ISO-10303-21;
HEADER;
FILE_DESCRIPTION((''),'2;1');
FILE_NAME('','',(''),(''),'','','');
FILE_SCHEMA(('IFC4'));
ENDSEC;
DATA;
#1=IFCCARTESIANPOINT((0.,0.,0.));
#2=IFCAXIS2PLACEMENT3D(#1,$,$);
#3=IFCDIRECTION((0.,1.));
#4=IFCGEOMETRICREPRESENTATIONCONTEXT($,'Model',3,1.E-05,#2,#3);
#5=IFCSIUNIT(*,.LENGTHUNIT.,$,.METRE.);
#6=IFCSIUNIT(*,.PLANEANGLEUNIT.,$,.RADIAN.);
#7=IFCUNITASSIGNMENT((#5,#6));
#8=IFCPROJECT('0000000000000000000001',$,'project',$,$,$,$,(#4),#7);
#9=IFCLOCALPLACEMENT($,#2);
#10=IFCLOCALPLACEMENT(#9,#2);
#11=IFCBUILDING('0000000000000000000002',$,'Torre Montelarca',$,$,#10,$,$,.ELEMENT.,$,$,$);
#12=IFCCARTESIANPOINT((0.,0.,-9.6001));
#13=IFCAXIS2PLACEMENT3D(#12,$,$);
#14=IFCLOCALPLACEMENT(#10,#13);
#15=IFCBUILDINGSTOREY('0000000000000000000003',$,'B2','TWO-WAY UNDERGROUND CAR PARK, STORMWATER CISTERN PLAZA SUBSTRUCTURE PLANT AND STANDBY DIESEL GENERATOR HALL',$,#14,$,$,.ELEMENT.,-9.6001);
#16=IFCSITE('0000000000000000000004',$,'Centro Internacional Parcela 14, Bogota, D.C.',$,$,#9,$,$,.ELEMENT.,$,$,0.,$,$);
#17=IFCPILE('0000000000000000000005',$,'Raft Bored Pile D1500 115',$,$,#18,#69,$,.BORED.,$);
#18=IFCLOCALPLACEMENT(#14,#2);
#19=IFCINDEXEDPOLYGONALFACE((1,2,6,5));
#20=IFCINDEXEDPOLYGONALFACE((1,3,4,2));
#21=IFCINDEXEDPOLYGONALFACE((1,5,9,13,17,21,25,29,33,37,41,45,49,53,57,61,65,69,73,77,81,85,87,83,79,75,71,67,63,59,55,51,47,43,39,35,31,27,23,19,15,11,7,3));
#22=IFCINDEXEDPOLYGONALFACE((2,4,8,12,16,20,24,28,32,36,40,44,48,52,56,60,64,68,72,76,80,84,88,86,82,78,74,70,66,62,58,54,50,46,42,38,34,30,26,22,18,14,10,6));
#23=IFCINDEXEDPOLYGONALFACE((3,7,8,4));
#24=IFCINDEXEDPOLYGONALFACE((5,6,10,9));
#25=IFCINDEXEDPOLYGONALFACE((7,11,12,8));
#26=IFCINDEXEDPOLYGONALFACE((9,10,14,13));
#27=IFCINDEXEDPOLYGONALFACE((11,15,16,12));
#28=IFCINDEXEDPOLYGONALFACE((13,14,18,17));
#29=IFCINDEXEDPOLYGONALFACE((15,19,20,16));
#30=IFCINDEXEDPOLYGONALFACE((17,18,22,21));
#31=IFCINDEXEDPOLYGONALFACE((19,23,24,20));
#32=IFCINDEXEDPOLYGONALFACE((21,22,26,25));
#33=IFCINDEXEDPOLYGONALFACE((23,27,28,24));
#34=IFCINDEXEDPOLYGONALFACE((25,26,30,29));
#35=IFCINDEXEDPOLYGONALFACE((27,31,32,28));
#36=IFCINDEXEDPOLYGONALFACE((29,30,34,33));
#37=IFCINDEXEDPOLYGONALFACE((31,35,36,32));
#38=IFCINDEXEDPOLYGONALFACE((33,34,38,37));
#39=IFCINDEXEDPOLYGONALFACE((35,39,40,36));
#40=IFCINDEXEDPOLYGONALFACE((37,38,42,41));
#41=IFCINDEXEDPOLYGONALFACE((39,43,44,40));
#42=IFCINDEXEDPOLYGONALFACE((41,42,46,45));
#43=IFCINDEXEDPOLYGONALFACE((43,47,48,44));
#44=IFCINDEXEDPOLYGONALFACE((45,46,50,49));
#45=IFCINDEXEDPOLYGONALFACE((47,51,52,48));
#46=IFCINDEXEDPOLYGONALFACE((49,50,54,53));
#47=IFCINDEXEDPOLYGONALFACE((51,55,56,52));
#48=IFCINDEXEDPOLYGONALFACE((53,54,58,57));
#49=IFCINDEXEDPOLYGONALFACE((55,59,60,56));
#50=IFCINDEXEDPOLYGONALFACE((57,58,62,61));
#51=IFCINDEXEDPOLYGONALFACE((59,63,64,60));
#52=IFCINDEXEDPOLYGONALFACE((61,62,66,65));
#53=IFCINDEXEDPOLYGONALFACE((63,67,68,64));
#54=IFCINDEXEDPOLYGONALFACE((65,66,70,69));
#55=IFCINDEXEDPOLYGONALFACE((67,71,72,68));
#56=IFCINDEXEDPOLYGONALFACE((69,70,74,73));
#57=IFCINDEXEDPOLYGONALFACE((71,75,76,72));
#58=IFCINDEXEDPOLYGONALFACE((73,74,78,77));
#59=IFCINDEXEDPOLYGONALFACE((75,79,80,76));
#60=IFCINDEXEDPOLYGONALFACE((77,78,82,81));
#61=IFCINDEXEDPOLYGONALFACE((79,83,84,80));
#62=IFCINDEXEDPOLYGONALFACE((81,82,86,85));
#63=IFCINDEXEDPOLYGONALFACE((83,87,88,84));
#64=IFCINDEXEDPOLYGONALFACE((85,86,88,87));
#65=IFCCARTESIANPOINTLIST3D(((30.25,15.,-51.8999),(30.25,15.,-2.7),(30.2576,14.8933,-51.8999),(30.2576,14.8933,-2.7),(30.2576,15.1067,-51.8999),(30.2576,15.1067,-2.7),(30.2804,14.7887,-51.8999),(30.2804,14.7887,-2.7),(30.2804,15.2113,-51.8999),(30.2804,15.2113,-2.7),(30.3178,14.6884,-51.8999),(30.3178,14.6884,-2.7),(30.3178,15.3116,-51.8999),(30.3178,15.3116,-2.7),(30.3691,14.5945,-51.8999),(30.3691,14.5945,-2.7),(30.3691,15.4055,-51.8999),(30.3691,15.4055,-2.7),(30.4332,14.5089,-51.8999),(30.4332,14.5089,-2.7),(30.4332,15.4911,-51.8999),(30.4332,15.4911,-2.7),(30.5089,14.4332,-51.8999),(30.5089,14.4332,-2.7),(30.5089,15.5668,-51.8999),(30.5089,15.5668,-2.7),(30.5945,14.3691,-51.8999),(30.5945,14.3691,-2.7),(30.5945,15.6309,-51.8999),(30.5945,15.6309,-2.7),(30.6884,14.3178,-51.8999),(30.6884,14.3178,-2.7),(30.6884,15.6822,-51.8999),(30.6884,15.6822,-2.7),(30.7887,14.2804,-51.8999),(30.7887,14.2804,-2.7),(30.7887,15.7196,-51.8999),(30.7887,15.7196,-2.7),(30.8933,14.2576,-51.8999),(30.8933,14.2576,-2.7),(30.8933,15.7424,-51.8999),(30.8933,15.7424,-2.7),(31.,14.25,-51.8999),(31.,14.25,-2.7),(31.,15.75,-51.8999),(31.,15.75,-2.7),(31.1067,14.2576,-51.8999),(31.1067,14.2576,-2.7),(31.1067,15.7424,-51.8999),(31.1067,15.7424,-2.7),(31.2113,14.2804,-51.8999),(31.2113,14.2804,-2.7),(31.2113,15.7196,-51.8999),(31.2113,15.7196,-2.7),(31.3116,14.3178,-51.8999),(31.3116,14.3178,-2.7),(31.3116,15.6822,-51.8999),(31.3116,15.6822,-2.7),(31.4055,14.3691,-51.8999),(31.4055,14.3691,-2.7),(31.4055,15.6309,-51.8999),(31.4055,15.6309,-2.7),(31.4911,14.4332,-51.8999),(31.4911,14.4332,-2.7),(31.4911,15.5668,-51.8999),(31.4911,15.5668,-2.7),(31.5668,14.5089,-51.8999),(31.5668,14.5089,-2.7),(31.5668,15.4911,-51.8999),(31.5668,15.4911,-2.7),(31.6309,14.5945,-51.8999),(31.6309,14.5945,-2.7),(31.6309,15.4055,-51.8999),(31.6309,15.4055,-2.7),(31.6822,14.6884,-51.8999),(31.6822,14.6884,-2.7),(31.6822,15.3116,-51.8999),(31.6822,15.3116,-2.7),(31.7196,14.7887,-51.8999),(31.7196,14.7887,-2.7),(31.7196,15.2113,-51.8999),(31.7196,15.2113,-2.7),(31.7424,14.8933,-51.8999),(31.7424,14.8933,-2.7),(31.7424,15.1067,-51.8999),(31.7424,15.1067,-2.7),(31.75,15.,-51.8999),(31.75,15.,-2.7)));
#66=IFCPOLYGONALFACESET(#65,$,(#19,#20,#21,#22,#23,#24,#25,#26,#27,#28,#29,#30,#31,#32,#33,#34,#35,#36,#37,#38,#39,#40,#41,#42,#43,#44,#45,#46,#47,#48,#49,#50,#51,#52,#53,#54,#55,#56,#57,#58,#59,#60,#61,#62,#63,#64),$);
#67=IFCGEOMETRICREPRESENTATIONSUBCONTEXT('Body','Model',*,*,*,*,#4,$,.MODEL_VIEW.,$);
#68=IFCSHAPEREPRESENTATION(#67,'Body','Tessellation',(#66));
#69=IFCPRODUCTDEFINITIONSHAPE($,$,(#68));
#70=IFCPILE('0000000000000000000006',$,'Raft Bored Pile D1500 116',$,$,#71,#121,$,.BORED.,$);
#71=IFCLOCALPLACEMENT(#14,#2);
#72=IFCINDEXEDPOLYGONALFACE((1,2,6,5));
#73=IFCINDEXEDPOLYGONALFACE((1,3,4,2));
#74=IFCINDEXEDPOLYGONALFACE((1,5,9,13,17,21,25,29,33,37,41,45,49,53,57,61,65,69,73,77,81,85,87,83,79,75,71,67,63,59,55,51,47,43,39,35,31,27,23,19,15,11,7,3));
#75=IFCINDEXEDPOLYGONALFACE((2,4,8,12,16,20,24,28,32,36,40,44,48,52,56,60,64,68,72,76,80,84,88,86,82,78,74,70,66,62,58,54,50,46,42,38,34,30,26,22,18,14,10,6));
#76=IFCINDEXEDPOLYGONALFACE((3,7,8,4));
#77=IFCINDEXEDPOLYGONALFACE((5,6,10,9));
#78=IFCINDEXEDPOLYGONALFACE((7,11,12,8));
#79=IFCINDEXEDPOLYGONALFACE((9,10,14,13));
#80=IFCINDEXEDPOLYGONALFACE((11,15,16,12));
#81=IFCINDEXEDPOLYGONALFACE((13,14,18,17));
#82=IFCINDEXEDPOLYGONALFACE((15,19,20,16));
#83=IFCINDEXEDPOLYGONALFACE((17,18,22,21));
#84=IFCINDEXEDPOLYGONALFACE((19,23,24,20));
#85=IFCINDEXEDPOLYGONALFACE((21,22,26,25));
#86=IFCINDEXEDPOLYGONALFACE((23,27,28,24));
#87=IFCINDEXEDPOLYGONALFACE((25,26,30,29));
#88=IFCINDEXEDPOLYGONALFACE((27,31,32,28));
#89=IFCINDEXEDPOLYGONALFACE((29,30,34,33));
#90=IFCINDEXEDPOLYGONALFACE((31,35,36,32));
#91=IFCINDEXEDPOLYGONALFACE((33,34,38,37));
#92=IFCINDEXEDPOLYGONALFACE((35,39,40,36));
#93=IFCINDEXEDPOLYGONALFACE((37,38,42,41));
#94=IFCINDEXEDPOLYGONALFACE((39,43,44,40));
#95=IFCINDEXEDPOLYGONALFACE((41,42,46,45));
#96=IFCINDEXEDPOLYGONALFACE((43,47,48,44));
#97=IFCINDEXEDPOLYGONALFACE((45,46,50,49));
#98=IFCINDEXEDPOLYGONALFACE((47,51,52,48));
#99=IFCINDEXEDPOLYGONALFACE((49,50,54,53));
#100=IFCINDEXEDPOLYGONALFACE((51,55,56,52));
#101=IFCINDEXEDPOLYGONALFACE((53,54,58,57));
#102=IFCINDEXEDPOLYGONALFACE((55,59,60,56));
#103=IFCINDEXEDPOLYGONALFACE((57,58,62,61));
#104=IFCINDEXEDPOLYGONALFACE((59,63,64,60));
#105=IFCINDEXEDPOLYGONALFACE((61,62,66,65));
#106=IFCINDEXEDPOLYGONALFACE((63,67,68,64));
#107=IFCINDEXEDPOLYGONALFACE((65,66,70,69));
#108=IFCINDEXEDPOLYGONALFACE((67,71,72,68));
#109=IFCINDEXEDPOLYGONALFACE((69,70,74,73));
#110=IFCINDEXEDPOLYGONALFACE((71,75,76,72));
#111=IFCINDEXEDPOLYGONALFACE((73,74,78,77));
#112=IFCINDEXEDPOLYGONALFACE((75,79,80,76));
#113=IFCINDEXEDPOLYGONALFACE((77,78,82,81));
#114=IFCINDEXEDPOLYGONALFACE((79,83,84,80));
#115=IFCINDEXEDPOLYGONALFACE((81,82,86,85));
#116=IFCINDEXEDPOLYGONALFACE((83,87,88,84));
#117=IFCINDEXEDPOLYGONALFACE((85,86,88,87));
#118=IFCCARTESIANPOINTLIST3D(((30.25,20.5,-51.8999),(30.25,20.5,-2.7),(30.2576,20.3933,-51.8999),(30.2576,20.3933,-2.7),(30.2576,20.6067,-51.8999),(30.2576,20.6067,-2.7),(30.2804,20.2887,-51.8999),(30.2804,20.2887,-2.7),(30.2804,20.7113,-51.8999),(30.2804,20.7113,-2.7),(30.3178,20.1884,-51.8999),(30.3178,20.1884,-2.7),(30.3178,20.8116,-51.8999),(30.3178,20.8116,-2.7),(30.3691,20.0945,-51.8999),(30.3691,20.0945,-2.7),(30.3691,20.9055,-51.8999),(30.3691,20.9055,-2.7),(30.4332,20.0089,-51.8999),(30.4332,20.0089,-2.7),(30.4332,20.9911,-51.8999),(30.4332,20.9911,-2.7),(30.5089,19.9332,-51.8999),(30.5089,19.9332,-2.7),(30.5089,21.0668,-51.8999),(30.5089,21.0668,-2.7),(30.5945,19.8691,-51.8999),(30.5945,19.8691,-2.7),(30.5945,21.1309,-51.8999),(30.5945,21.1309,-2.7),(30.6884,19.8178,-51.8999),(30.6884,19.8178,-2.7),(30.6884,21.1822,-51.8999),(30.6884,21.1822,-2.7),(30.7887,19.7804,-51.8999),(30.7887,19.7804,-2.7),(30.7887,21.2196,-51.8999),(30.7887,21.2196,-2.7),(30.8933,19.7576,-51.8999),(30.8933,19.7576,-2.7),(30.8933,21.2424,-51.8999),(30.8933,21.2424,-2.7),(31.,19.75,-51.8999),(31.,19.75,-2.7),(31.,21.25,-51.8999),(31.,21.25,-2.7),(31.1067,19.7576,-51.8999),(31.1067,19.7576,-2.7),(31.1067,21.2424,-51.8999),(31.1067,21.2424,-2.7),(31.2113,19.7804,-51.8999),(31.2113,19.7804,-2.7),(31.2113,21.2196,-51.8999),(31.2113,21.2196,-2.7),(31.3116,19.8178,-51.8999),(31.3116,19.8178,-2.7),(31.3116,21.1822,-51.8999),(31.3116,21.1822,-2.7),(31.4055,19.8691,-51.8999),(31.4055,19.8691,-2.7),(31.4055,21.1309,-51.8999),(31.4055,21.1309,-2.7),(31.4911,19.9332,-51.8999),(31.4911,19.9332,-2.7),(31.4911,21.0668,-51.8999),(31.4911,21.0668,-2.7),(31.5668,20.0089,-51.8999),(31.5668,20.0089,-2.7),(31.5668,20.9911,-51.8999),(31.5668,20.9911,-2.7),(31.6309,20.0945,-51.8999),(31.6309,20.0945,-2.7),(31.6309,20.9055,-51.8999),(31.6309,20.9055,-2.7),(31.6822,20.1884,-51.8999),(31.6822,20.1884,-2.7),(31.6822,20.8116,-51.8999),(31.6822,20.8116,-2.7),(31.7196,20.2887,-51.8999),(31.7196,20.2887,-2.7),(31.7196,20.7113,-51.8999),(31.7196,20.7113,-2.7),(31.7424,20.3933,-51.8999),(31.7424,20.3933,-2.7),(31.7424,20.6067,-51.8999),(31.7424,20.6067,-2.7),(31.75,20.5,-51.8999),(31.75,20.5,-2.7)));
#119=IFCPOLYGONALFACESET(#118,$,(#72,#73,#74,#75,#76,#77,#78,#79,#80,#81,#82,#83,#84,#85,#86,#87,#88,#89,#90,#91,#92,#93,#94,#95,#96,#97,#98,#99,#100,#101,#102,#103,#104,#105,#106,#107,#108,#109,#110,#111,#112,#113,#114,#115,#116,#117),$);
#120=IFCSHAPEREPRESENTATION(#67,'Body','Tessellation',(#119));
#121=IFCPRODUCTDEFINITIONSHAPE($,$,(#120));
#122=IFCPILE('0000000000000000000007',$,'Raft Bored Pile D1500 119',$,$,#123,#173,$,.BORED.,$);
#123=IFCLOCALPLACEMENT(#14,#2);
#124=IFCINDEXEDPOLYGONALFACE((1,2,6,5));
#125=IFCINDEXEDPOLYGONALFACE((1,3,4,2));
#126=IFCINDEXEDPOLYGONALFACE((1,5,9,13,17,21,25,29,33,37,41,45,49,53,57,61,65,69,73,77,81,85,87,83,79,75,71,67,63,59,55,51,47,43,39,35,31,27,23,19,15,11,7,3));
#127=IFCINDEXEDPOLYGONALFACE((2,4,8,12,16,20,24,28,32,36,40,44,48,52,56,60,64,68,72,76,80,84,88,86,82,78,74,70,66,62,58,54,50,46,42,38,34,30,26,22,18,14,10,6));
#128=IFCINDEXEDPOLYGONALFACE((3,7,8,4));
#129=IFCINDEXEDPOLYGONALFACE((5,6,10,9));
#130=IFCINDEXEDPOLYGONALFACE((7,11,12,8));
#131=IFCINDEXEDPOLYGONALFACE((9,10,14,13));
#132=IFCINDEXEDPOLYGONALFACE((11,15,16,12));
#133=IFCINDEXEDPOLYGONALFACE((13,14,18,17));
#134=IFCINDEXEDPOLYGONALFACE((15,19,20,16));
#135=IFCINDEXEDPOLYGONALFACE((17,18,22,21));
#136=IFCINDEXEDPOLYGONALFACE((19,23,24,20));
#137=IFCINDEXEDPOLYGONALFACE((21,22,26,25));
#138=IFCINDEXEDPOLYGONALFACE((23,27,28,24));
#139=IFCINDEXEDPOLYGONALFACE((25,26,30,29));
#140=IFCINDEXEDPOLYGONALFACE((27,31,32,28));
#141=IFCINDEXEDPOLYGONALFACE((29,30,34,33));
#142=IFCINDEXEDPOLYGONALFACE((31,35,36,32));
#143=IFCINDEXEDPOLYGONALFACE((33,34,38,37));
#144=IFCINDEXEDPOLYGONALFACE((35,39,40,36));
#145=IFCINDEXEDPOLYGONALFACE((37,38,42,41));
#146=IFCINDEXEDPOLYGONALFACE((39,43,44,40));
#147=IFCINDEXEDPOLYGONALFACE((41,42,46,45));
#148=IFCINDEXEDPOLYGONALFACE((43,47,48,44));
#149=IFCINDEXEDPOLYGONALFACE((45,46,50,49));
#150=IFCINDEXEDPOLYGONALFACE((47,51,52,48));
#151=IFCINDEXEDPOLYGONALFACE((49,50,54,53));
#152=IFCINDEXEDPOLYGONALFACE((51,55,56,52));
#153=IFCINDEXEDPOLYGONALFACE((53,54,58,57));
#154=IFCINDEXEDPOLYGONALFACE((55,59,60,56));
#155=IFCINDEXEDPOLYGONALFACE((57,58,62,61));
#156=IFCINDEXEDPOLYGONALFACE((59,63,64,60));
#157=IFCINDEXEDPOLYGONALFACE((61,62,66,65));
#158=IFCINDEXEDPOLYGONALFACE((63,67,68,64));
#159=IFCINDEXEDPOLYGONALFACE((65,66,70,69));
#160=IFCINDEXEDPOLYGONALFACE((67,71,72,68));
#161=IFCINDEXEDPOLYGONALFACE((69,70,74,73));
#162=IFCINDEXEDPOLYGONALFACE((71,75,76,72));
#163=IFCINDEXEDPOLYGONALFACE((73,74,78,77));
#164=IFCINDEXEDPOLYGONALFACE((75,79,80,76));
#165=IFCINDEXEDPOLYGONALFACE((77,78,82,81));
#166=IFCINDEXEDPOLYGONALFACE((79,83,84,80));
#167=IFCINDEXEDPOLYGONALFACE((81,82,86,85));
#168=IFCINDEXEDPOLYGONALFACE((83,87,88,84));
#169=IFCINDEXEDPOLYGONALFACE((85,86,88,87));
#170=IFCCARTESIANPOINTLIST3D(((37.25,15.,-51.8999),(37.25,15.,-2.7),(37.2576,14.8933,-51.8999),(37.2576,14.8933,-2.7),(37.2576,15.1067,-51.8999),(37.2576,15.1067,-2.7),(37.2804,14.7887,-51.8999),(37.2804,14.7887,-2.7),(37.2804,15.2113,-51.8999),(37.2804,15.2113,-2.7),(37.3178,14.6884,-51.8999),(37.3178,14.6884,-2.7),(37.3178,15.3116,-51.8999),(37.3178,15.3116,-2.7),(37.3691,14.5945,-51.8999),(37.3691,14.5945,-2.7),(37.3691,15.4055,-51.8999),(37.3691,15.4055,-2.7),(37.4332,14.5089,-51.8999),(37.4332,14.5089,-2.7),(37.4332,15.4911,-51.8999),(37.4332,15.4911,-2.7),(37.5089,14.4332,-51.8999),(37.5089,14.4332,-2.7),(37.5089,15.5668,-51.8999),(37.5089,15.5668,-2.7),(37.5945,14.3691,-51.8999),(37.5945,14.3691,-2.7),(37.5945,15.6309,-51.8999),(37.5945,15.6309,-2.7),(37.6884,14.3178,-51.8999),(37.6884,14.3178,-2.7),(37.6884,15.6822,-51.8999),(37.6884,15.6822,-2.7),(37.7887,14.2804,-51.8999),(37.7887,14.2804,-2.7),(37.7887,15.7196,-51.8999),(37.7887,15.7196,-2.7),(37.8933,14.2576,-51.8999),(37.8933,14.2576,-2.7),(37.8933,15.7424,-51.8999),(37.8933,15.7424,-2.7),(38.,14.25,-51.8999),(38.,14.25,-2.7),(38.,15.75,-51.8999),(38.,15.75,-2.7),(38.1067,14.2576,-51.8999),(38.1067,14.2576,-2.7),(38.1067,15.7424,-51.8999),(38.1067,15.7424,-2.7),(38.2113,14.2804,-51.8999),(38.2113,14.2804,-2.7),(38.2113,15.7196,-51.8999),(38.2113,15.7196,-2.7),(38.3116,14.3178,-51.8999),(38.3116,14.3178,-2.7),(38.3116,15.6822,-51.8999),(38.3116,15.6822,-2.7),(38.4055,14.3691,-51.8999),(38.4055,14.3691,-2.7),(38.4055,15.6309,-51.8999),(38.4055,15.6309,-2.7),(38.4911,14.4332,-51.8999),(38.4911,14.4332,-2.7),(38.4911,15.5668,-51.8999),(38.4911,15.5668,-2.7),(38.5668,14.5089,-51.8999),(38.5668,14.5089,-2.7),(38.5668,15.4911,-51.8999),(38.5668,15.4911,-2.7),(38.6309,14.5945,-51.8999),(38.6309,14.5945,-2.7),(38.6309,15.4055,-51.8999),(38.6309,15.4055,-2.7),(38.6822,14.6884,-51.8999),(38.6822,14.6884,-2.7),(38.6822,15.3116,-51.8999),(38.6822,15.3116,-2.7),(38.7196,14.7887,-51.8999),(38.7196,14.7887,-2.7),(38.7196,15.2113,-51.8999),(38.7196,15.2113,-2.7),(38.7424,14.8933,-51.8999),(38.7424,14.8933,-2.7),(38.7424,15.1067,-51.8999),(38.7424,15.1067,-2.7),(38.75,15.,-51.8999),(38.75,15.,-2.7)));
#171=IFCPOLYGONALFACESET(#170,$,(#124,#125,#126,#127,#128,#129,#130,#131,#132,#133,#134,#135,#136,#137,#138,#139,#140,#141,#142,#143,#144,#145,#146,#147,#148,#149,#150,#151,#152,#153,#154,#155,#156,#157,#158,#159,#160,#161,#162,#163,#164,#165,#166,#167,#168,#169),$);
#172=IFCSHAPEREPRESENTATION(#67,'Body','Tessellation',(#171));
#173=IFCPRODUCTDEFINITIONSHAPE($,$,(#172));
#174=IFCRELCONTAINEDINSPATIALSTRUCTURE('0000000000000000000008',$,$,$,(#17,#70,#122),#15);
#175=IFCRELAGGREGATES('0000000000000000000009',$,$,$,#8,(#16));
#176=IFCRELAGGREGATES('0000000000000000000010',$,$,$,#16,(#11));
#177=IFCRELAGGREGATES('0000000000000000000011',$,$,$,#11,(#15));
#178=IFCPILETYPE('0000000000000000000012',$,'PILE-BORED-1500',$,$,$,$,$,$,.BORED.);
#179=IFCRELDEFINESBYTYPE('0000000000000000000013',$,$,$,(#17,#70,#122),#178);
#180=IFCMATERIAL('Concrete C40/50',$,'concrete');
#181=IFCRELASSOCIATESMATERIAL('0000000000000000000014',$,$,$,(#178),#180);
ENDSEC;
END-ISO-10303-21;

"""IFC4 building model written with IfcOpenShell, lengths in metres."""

from ifc_helpers import new_model, si_unit, direction, frame, origin, origin_2d, place, context, subcontext, project, spatial, circle, extrude, source, transform, mapped, material, material_profile, profile_set, type_object, element, save


model = new_model("IFC4")

# Units and contexts
model_context = context("Model", 3, precision=1e-05, world=origin(), true_north=direction((0.0, 1.0)))
body_context = subcontext(model_context, "Body", "Model", "MODEL_VIEW")
ifc_project = project(units=[si_unit("LENGTHUNIT", "METRE"), si_unit("PLANEANGLEUNIT", "RADIAN")], contexts=[model_context])

# Site, building, storey
site_placement = place(None, origin())
site = spatial("IfcSite", under=ifc_project, at=site_placement, Name="Centro Internacional Parcela 14, Bogota, D.C.", CompositionType="ELEMENT", RefElevation=0.0)
building_placement = place(site_placement, origin())
building = spatial("IfcBuilding", under=site, at=building_placement, Name="Torre Montelarca", CompositionType="ELEMENT")
storey_placement = place(building_placement, frame((0.0, 0.0, -9.6001)))
storey = spatial("IfcBuildingStorey", under=building, at=storey_placement, Name="B2", Description="TWO-WAY UNDERGROUND CAR PARK, STORMWATER CISTERN PLAZA SUBSTRUCTURE PLANT AND STANDBY DIESEL GENERATOR HALL", CompositionType="ELEMENT", Elevation=-9.6001)

# Piles
ifc_material_1 = material(Name="Concrete C40/50", Category="concrete")
ifc_material_profile_1 = material_profile(ifc_material_1, circle(Radius=0.75, at=origin_2d()), Name="PILE-D1500", Category="concrete")
ifc_profile_set_1 = profile_set([ifc_material_profile_1], Name="Concrete C40/50")
pile_type = type_object("IfcPileType", Name="PILE-BORED-1500", PredefinedType="BORED", material=ifc_profile_set_1)
shared_shape_1 = source(origin(), body_context, "Body", "SweptSolid", [
    extrude(circle(Radius=0.75, at=origin_2d()), origin(), (0.0, 0.0, 1.0), 49.2),
])
for number, where, z_axis, x_axis, name in (
    (1, (31.0, 15.0, -2.7), (0.0, 0.0, -1.0), (1.0, 0.0, 0.0), "Raft Bored Pile D1500 115"),
    (2, (31.0, 20.5, -2.7), (0.0, 0.0, -1.0), (1.0, 0.0, 0.0), "Raft Bored Pile D1500 116"),
    (3, (38.0, 15.0, -2.7), (0.0, 0.0, -1.0), (1.0, 0.0, 0.0), "Raft Bored Pile D1500 119"),
):
    element("IfcPile", number, at=place(storey_placement, frame(where, z_axis=z_axis, x_axis=x_axis)), inside=storey, type_object=pile_type, Name=name, PredefinedType="BORED", context=body_context, shape_type="MappedRepresentation", body=[
        mapped(shared_shape_1, transform((0.0, 0.0, 0.0), scale=1.0)),
    ])

save(model, "model.ifc")
